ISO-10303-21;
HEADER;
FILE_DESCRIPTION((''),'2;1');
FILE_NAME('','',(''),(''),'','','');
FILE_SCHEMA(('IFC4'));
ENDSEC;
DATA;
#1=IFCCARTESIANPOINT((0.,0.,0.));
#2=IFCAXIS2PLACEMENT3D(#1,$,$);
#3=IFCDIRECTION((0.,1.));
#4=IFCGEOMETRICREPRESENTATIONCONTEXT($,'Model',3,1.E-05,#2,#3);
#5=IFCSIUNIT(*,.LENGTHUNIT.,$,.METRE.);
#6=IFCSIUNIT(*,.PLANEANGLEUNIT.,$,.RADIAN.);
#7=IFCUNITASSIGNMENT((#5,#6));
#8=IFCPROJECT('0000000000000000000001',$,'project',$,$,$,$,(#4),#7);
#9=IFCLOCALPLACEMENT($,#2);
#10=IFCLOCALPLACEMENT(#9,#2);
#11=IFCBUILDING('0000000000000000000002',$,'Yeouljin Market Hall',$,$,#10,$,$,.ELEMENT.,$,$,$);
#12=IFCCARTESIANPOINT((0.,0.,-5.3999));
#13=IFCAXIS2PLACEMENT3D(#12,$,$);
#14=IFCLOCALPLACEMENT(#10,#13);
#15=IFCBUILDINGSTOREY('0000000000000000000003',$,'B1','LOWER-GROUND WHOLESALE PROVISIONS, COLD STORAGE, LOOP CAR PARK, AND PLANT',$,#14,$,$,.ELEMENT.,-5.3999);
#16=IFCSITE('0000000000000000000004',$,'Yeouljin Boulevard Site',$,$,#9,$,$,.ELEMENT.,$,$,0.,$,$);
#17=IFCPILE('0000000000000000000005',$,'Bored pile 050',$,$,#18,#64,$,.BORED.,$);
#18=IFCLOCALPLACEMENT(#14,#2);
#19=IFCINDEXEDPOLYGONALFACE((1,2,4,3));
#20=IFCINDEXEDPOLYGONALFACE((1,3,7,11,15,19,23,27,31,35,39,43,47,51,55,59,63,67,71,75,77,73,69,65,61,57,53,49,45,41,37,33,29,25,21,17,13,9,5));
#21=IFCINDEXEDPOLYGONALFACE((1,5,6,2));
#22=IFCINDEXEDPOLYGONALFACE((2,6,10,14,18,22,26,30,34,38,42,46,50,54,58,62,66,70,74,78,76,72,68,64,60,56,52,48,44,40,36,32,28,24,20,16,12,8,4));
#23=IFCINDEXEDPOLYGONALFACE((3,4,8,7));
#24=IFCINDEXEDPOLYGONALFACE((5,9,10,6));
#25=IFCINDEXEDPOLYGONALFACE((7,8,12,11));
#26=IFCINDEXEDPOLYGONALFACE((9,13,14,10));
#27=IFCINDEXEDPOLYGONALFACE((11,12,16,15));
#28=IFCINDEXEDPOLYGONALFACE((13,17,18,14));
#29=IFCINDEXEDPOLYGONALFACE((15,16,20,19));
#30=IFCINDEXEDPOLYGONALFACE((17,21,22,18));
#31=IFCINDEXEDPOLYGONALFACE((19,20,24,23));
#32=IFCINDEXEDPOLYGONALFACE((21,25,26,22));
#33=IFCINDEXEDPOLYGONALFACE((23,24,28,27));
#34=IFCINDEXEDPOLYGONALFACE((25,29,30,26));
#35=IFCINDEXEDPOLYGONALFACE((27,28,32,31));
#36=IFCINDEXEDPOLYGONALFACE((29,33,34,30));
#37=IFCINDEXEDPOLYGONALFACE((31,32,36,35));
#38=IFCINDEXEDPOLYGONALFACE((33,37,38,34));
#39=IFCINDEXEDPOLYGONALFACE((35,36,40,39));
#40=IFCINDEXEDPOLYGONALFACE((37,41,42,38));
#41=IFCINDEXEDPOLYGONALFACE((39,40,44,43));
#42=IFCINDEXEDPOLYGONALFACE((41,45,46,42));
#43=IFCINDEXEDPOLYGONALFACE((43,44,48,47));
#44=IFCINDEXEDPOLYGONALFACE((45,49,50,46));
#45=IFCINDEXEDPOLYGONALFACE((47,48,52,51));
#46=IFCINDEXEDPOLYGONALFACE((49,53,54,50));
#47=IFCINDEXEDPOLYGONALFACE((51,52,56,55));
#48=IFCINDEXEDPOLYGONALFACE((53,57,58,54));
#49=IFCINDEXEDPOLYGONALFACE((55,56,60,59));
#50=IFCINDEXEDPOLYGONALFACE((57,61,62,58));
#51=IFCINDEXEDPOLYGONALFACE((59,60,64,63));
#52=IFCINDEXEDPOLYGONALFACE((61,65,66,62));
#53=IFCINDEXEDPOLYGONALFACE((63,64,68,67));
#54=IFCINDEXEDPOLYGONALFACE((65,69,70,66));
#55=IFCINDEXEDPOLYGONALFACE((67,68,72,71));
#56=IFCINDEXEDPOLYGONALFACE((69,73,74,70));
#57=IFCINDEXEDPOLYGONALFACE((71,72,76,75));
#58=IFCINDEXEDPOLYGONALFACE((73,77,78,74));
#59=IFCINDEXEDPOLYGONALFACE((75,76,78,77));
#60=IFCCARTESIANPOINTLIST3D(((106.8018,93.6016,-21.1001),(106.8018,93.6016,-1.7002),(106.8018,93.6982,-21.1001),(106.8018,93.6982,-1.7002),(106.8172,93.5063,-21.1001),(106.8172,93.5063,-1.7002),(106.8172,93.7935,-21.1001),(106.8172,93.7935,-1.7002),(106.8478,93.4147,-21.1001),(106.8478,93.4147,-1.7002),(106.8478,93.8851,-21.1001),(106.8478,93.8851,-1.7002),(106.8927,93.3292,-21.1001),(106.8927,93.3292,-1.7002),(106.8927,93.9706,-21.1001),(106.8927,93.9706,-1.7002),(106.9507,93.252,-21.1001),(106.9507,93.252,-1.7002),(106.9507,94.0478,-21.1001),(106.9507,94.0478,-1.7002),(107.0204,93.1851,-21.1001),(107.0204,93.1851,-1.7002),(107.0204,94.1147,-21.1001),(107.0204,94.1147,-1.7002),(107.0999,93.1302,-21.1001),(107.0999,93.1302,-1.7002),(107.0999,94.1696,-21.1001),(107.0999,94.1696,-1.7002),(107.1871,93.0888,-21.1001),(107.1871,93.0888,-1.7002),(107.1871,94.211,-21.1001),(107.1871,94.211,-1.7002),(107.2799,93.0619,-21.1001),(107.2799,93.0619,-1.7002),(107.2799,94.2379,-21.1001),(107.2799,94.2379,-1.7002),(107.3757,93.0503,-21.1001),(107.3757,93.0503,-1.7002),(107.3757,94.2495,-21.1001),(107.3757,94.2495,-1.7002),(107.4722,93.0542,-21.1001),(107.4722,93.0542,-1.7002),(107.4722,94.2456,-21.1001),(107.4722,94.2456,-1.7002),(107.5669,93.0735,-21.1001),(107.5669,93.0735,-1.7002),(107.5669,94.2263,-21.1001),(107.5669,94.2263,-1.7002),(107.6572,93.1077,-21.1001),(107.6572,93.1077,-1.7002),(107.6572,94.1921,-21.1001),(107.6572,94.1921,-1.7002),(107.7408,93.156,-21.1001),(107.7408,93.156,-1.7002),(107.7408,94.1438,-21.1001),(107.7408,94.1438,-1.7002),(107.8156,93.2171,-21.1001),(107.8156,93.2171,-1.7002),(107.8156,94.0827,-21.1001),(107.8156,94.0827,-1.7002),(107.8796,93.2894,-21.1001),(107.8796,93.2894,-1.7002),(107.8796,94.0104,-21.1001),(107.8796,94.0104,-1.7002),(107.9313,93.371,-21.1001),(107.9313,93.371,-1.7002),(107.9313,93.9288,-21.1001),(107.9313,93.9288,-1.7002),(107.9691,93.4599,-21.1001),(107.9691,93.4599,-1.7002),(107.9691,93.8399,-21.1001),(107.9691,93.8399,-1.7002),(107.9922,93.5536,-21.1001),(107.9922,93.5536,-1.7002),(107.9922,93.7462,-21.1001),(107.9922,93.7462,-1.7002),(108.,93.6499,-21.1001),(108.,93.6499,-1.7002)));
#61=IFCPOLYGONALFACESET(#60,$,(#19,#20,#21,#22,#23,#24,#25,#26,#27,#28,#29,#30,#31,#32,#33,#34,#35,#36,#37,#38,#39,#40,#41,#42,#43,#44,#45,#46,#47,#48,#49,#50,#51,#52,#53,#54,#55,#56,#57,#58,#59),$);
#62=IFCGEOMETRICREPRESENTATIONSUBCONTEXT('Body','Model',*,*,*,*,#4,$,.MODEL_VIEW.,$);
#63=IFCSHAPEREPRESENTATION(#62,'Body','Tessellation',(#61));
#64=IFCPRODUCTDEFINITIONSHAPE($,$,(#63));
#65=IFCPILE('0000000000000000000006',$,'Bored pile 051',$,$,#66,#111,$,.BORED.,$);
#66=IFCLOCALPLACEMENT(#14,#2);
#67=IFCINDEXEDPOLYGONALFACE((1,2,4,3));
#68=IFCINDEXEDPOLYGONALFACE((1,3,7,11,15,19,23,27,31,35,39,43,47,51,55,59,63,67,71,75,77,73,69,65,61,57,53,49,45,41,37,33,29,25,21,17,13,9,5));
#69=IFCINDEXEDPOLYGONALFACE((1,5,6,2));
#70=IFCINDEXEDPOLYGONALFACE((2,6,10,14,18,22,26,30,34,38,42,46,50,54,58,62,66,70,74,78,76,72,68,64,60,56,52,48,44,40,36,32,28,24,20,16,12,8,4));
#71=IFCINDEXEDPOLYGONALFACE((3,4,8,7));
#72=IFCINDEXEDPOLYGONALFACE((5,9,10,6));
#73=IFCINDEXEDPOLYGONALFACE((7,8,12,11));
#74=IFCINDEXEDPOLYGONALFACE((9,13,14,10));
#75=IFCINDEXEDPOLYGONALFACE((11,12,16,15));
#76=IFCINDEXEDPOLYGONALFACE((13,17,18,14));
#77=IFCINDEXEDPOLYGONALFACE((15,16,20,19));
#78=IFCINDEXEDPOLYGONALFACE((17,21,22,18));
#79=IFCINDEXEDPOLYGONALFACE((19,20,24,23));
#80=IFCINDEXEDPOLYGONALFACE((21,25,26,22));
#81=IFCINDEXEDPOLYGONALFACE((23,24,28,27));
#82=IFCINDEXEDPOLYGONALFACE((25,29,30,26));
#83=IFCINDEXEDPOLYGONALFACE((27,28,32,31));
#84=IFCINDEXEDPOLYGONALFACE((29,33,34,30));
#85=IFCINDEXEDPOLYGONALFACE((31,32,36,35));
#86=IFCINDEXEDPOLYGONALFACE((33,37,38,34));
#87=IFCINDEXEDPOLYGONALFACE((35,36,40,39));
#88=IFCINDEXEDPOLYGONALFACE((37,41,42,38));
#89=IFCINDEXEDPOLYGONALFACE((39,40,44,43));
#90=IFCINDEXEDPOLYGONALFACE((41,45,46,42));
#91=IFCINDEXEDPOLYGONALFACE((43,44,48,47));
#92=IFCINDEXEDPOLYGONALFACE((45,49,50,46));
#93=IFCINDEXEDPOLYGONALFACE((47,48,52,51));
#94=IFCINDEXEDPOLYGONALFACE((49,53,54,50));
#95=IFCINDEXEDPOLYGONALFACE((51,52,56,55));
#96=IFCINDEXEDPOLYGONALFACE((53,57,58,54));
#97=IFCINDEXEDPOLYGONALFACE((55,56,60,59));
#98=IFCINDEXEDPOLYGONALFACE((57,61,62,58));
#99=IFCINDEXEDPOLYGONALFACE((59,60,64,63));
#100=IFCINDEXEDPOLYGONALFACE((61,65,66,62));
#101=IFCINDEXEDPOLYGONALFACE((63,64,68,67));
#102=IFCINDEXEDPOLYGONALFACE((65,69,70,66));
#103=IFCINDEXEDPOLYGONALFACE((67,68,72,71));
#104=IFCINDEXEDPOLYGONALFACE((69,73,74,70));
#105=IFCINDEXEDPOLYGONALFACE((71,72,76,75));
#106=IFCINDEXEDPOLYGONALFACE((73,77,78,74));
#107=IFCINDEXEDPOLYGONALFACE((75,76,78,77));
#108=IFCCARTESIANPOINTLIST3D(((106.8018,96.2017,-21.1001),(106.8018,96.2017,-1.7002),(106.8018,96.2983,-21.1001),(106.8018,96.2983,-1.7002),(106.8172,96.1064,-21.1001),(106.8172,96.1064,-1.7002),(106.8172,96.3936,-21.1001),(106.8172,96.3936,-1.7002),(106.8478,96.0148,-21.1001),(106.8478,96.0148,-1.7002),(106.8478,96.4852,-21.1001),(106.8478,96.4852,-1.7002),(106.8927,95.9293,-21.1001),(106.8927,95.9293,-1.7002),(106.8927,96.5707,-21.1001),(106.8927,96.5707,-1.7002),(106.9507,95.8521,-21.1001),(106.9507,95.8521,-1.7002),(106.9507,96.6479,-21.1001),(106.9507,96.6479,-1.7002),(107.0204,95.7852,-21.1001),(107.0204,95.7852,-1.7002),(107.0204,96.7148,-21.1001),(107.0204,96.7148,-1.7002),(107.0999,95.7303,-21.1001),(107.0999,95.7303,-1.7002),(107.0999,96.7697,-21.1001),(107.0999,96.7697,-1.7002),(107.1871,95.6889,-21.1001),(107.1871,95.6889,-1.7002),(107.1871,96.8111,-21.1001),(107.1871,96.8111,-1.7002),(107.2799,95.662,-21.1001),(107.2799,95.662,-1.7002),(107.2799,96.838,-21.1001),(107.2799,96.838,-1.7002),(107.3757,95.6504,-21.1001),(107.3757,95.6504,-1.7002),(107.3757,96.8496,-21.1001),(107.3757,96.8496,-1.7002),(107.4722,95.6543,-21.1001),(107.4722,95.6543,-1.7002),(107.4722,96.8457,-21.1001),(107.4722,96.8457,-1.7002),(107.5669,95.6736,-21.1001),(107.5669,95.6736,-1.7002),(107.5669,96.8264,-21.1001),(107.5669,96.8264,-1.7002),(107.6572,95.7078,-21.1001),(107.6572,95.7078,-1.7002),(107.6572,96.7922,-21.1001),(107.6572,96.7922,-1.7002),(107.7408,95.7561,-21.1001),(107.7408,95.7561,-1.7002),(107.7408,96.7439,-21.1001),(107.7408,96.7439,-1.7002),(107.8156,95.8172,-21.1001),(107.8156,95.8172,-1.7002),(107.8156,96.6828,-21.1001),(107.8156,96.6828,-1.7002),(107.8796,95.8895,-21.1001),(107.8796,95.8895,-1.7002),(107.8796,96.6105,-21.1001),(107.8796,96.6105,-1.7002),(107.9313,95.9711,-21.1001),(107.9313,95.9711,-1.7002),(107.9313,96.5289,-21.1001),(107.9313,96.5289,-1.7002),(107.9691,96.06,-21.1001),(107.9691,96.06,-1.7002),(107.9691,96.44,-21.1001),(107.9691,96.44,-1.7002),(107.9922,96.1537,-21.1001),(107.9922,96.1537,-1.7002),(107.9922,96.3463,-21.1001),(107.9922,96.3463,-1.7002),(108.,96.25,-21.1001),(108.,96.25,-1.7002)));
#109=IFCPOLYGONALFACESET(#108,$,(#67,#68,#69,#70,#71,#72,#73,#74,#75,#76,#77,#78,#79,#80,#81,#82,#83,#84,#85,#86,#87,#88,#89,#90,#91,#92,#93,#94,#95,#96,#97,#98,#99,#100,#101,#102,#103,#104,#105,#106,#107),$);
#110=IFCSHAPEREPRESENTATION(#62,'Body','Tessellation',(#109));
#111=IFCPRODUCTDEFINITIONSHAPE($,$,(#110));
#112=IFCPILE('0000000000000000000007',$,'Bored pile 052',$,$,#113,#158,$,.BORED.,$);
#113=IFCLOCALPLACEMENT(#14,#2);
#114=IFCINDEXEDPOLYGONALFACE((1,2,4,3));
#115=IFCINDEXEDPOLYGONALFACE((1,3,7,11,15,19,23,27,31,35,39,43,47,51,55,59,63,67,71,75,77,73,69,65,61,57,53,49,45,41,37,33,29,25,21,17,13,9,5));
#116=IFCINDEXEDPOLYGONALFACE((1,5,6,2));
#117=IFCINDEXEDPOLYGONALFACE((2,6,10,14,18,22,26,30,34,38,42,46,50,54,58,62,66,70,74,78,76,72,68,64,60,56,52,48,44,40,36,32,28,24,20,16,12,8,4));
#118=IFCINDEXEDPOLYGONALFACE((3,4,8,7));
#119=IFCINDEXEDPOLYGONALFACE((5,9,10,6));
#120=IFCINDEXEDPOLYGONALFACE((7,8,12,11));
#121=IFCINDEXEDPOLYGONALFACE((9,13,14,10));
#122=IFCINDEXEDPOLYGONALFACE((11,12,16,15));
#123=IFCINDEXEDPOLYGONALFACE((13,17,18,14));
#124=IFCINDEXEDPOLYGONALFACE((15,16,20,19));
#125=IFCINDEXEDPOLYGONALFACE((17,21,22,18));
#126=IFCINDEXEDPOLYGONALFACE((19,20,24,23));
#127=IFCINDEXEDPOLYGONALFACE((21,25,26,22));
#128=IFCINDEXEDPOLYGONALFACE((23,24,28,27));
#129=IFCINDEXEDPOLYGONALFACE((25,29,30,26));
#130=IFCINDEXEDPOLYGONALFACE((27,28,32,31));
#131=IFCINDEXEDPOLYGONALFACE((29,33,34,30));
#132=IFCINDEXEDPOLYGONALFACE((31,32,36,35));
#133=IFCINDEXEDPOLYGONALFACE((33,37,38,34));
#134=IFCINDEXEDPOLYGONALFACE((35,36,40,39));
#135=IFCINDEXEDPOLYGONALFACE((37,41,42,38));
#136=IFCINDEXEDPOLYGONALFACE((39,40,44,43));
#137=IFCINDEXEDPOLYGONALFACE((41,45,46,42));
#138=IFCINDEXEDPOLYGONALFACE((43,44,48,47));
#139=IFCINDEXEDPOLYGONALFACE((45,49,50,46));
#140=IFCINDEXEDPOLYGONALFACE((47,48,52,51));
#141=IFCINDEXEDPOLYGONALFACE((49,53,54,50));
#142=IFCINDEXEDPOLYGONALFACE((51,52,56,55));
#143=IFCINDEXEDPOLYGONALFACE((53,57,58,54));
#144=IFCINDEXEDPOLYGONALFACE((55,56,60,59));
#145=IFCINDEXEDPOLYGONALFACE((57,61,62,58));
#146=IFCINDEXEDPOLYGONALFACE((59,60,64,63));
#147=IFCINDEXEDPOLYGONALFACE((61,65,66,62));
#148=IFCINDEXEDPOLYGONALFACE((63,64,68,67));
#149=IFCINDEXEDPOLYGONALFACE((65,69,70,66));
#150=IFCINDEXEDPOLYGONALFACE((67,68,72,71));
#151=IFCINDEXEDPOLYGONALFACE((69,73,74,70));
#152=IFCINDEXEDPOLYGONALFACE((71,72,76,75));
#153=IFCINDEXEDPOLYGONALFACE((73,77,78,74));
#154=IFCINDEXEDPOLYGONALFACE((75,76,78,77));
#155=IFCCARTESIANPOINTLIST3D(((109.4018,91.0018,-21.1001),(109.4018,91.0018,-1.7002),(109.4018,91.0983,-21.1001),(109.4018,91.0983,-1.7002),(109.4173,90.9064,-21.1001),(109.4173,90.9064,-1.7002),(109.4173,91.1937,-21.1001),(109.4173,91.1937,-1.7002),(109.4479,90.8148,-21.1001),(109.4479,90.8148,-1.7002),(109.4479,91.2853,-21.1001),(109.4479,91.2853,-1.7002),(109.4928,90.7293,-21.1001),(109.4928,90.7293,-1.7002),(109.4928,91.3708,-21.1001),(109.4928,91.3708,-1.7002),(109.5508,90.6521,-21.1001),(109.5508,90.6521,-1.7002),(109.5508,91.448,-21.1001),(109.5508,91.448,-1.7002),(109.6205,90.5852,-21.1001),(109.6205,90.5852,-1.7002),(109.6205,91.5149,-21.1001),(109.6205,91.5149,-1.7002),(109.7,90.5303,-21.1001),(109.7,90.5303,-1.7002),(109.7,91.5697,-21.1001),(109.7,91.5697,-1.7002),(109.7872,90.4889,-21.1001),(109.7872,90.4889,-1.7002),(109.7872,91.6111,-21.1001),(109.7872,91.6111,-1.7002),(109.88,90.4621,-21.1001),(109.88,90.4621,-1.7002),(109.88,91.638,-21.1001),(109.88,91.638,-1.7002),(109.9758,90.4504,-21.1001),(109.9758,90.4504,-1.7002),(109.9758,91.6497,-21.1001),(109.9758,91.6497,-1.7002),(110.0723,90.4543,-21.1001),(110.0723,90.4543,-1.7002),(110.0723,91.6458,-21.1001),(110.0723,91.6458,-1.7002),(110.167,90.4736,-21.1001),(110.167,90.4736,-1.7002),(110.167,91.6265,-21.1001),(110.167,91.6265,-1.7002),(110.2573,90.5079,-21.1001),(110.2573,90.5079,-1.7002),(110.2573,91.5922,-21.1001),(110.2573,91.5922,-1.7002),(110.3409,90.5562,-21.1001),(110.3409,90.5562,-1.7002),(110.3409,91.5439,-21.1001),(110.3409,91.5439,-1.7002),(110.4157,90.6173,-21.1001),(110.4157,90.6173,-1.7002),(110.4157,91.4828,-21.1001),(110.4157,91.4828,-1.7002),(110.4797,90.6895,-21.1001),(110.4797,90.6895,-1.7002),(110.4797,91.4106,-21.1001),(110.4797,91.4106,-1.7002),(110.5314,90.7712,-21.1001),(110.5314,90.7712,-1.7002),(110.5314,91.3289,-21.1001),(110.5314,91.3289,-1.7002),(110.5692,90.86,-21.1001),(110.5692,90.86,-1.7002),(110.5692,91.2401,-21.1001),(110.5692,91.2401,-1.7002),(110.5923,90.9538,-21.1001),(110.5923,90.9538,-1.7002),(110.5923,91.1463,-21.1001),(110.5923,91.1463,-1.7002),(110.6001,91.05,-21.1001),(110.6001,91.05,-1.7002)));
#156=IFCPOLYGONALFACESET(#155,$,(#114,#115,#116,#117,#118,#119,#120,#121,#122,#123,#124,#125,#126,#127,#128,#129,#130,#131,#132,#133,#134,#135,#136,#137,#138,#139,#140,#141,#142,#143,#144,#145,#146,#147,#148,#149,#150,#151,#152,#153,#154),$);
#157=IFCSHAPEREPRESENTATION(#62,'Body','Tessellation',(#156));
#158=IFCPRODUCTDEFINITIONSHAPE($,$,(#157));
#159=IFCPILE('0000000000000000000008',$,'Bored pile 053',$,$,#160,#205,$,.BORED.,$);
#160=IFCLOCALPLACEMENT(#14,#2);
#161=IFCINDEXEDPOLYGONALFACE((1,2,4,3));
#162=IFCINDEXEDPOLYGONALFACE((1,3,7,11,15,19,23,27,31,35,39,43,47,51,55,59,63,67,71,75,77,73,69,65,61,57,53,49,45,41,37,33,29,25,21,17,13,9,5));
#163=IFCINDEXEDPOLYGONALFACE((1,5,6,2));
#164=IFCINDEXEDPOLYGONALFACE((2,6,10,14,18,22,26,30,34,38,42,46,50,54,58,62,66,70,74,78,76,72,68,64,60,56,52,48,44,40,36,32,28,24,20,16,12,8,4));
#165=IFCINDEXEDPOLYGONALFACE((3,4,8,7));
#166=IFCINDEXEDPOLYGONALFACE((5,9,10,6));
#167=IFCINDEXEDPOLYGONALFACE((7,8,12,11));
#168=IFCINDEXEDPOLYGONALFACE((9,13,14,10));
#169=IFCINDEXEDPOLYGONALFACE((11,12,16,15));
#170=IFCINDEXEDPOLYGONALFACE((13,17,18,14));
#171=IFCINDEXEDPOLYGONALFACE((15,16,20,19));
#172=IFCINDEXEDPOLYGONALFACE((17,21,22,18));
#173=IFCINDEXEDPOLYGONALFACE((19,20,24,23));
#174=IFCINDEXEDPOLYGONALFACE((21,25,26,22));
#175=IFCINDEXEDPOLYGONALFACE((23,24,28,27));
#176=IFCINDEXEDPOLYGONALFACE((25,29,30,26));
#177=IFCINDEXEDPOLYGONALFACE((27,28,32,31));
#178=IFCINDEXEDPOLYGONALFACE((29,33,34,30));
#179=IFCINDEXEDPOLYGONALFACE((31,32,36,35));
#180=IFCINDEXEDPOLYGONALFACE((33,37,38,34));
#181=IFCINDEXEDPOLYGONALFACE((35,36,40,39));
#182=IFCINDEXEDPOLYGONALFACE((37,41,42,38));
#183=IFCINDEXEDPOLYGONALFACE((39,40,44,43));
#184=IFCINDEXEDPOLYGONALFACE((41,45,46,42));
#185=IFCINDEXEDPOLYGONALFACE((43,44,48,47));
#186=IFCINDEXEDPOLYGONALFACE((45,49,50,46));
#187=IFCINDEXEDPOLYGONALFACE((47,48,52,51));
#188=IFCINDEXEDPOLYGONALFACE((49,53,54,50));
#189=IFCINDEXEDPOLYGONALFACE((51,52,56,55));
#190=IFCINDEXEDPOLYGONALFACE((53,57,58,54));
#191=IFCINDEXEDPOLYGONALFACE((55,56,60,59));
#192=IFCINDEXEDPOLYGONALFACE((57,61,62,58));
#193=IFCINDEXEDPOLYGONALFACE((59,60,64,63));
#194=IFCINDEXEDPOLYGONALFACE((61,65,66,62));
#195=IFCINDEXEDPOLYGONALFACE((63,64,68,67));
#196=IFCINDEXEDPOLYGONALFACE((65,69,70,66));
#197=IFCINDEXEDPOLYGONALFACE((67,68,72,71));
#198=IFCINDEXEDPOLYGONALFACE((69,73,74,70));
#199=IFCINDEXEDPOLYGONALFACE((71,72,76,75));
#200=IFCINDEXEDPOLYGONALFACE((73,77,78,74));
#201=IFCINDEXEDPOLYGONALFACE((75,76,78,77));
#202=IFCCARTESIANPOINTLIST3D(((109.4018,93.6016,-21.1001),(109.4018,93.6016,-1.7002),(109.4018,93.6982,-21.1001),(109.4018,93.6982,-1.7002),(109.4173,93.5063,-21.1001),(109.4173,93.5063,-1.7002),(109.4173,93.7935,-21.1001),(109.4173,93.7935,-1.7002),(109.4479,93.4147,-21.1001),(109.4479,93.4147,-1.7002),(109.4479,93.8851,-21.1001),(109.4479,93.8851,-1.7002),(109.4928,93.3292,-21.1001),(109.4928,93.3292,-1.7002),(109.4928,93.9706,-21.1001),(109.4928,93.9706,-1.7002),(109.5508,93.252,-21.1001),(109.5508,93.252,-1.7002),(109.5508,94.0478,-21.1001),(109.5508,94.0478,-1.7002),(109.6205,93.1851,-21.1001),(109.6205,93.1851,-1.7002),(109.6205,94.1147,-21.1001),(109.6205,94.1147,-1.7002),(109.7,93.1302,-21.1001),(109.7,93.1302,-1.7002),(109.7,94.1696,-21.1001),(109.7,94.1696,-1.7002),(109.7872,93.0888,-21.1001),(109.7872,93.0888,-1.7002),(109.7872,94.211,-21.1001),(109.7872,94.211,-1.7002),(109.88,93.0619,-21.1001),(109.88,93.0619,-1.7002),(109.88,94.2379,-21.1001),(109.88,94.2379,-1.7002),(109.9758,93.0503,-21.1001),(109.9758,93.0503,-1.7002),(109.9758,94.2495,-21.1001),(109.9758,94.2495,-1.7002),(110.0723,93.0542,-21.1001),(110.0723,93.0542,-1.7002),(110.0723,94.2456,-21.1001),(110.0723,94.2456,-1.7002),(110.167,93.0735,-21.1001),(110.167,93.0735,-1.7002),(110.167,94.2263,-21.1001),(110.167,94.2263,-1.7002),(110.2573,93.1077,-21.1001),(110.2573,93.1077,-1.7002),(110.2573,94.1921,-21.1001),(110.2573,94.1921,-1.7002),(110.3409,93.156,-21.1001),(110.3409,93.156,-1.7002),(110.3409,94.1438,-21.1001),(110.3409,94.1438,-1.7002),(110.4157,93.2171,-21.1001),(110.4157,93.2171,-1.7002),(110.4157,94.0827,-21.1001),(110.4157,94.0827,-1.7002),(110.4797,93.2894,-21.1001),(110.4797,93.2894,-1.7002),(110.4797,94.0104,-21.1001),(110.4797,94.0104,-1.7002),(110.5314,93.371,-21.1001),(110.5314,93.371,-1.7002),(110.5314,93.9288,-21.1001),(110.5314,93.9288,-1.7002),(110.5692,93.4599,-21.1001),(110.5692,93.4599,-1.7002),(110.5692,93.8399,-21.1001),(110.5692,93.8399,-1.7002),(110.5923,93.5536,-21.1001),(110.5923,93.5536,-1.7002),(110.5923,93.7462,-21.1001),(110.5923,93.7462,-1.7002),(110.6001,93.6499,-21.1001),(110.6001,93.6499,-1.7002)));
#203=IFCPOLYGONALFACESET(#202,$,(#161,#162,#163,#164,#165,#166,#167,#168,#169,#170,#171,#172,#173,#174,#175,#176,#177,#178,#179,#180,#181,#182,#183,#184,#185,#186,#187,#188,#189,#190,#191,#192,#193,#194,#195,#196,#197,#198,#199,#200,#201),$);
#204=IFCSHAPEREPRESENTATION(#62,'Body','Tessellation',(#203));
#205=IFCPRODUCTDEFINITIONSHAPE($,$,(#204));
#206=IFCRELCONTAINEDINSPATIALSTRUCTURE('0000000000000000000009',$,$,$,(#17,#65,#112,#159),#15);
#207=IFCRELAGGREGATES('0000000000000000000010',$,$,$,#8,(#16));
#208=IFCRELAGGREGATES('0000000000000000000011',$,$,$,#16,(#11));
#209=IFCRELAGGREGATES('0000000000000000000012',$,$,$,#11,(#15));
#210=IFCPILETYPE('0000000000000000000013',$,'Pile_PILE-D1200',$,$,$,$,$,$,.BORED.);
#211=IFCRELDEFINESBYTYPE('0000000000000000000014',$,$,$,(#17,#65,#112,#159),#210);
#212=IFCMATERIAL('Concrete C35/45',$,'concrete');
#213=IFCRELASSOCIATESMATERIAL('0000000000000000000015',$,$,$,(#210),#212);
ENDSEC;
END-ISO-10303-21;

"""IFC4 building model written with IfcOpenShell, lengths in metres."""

from ifc_helpers import new_model, si_unit, direction, frame, origin, origin_2d, place, context, subcontext, project, spatial, circle, extrude, material, material_profile, profile_set, type_object, element, save


model = new_model("IFC4")

# Units and contexts
model_context = context("Model", 3, precision=1e-05, world=origin(), true_north=direction((0.0, 1.0)))
body_context = subcontext(model_context, "Body", "Model", "MODEL_VIEW")
ifc_project = project(units=[si_unit("LENGTHUNIT", "METRE"), si_unit("PLANEANGLEUNIT", "RADIAN")], contexts=[model_context])

# Site, building, storey
site_placement = place(None, origin())
site = spatial("IfcSite", under=ifc_project, at=site_placement, Name="Yeouljin Boulevard Site", CompositionType="ELEMENT", RefElevation=0.0)
building_placement = place(site_placement, origin())
building = spatial("IfcBuilding", under=site, at=building_placement, Name="Yeouljin Market Hall", CompositionType="ELEMENT")
storey_placement = place(building_placement, frame((0.0, 0.0, -5.3999)))
storey = spatial("IfcBuildingStorey", under=building, at=storey_placement, Name="B1", Description="LOWER-GROUND WHOLESALE PROVISIONS, COLD STORAGE, LOOP CAR PARK, AND PLANT", CompositionType="ELEMENT", Elevation=-5.3999)

# Piles
ifc_material_1 = material(Name="Concrete C35/45", Category="concrete")
ifc_material_profile_1 = material_profile(ifc_material_1, circle(Radius=0.6001, at=origin_2d()), Name="PILE-D1200")
ifc_profile_set_1 = profile_set([ifc_material_profile_1], Name="Concrete C35/45")
pile_type = type_object("IfcPileType", Name="Pile_PILE-D1200", PredefinedType="BORED", material=ifc_profile_set_1)
for number, where, z_axis, x_axis, name in (
    (1, (107.3999, 93.6499, -1.7002), (0.0, 0.0, -1.0), (1.0, 0.0, 0.0), "Bored pile 050"),
    (2, (107.3999, 96.25, -1.7002), (0.0, 0.0, -1.0), (1.0, 0.0, 0.0), "Bored pile 051"),
    (3, (110.0, 91.05, -1.7002), (0.0, 0.0, -1.0), (1.0, 0.0, 0.0), "Bored pile 052"),
    (4, (110.0, 93.6499, -1.7002), (0.0, 0.0, -1.0), (1.0, 0.0, 0.0), "Bored pile 053"),
):
    element("IfcPile", number, at=place(storey_placement, frame(where, z_axis=z_axis, x_axis=x_axis)), inside=storey, type_object=pile_type, Name=name, PredefinedType="BORED", context=body_context, shape_type="SweptSolid", body=[
        extrude(circle(Radius=0.6001, at=origin_2d()), origin(), (0.0, 0.0, 1.0), 19.3999),
    ])

save(model, "model.ifc")
